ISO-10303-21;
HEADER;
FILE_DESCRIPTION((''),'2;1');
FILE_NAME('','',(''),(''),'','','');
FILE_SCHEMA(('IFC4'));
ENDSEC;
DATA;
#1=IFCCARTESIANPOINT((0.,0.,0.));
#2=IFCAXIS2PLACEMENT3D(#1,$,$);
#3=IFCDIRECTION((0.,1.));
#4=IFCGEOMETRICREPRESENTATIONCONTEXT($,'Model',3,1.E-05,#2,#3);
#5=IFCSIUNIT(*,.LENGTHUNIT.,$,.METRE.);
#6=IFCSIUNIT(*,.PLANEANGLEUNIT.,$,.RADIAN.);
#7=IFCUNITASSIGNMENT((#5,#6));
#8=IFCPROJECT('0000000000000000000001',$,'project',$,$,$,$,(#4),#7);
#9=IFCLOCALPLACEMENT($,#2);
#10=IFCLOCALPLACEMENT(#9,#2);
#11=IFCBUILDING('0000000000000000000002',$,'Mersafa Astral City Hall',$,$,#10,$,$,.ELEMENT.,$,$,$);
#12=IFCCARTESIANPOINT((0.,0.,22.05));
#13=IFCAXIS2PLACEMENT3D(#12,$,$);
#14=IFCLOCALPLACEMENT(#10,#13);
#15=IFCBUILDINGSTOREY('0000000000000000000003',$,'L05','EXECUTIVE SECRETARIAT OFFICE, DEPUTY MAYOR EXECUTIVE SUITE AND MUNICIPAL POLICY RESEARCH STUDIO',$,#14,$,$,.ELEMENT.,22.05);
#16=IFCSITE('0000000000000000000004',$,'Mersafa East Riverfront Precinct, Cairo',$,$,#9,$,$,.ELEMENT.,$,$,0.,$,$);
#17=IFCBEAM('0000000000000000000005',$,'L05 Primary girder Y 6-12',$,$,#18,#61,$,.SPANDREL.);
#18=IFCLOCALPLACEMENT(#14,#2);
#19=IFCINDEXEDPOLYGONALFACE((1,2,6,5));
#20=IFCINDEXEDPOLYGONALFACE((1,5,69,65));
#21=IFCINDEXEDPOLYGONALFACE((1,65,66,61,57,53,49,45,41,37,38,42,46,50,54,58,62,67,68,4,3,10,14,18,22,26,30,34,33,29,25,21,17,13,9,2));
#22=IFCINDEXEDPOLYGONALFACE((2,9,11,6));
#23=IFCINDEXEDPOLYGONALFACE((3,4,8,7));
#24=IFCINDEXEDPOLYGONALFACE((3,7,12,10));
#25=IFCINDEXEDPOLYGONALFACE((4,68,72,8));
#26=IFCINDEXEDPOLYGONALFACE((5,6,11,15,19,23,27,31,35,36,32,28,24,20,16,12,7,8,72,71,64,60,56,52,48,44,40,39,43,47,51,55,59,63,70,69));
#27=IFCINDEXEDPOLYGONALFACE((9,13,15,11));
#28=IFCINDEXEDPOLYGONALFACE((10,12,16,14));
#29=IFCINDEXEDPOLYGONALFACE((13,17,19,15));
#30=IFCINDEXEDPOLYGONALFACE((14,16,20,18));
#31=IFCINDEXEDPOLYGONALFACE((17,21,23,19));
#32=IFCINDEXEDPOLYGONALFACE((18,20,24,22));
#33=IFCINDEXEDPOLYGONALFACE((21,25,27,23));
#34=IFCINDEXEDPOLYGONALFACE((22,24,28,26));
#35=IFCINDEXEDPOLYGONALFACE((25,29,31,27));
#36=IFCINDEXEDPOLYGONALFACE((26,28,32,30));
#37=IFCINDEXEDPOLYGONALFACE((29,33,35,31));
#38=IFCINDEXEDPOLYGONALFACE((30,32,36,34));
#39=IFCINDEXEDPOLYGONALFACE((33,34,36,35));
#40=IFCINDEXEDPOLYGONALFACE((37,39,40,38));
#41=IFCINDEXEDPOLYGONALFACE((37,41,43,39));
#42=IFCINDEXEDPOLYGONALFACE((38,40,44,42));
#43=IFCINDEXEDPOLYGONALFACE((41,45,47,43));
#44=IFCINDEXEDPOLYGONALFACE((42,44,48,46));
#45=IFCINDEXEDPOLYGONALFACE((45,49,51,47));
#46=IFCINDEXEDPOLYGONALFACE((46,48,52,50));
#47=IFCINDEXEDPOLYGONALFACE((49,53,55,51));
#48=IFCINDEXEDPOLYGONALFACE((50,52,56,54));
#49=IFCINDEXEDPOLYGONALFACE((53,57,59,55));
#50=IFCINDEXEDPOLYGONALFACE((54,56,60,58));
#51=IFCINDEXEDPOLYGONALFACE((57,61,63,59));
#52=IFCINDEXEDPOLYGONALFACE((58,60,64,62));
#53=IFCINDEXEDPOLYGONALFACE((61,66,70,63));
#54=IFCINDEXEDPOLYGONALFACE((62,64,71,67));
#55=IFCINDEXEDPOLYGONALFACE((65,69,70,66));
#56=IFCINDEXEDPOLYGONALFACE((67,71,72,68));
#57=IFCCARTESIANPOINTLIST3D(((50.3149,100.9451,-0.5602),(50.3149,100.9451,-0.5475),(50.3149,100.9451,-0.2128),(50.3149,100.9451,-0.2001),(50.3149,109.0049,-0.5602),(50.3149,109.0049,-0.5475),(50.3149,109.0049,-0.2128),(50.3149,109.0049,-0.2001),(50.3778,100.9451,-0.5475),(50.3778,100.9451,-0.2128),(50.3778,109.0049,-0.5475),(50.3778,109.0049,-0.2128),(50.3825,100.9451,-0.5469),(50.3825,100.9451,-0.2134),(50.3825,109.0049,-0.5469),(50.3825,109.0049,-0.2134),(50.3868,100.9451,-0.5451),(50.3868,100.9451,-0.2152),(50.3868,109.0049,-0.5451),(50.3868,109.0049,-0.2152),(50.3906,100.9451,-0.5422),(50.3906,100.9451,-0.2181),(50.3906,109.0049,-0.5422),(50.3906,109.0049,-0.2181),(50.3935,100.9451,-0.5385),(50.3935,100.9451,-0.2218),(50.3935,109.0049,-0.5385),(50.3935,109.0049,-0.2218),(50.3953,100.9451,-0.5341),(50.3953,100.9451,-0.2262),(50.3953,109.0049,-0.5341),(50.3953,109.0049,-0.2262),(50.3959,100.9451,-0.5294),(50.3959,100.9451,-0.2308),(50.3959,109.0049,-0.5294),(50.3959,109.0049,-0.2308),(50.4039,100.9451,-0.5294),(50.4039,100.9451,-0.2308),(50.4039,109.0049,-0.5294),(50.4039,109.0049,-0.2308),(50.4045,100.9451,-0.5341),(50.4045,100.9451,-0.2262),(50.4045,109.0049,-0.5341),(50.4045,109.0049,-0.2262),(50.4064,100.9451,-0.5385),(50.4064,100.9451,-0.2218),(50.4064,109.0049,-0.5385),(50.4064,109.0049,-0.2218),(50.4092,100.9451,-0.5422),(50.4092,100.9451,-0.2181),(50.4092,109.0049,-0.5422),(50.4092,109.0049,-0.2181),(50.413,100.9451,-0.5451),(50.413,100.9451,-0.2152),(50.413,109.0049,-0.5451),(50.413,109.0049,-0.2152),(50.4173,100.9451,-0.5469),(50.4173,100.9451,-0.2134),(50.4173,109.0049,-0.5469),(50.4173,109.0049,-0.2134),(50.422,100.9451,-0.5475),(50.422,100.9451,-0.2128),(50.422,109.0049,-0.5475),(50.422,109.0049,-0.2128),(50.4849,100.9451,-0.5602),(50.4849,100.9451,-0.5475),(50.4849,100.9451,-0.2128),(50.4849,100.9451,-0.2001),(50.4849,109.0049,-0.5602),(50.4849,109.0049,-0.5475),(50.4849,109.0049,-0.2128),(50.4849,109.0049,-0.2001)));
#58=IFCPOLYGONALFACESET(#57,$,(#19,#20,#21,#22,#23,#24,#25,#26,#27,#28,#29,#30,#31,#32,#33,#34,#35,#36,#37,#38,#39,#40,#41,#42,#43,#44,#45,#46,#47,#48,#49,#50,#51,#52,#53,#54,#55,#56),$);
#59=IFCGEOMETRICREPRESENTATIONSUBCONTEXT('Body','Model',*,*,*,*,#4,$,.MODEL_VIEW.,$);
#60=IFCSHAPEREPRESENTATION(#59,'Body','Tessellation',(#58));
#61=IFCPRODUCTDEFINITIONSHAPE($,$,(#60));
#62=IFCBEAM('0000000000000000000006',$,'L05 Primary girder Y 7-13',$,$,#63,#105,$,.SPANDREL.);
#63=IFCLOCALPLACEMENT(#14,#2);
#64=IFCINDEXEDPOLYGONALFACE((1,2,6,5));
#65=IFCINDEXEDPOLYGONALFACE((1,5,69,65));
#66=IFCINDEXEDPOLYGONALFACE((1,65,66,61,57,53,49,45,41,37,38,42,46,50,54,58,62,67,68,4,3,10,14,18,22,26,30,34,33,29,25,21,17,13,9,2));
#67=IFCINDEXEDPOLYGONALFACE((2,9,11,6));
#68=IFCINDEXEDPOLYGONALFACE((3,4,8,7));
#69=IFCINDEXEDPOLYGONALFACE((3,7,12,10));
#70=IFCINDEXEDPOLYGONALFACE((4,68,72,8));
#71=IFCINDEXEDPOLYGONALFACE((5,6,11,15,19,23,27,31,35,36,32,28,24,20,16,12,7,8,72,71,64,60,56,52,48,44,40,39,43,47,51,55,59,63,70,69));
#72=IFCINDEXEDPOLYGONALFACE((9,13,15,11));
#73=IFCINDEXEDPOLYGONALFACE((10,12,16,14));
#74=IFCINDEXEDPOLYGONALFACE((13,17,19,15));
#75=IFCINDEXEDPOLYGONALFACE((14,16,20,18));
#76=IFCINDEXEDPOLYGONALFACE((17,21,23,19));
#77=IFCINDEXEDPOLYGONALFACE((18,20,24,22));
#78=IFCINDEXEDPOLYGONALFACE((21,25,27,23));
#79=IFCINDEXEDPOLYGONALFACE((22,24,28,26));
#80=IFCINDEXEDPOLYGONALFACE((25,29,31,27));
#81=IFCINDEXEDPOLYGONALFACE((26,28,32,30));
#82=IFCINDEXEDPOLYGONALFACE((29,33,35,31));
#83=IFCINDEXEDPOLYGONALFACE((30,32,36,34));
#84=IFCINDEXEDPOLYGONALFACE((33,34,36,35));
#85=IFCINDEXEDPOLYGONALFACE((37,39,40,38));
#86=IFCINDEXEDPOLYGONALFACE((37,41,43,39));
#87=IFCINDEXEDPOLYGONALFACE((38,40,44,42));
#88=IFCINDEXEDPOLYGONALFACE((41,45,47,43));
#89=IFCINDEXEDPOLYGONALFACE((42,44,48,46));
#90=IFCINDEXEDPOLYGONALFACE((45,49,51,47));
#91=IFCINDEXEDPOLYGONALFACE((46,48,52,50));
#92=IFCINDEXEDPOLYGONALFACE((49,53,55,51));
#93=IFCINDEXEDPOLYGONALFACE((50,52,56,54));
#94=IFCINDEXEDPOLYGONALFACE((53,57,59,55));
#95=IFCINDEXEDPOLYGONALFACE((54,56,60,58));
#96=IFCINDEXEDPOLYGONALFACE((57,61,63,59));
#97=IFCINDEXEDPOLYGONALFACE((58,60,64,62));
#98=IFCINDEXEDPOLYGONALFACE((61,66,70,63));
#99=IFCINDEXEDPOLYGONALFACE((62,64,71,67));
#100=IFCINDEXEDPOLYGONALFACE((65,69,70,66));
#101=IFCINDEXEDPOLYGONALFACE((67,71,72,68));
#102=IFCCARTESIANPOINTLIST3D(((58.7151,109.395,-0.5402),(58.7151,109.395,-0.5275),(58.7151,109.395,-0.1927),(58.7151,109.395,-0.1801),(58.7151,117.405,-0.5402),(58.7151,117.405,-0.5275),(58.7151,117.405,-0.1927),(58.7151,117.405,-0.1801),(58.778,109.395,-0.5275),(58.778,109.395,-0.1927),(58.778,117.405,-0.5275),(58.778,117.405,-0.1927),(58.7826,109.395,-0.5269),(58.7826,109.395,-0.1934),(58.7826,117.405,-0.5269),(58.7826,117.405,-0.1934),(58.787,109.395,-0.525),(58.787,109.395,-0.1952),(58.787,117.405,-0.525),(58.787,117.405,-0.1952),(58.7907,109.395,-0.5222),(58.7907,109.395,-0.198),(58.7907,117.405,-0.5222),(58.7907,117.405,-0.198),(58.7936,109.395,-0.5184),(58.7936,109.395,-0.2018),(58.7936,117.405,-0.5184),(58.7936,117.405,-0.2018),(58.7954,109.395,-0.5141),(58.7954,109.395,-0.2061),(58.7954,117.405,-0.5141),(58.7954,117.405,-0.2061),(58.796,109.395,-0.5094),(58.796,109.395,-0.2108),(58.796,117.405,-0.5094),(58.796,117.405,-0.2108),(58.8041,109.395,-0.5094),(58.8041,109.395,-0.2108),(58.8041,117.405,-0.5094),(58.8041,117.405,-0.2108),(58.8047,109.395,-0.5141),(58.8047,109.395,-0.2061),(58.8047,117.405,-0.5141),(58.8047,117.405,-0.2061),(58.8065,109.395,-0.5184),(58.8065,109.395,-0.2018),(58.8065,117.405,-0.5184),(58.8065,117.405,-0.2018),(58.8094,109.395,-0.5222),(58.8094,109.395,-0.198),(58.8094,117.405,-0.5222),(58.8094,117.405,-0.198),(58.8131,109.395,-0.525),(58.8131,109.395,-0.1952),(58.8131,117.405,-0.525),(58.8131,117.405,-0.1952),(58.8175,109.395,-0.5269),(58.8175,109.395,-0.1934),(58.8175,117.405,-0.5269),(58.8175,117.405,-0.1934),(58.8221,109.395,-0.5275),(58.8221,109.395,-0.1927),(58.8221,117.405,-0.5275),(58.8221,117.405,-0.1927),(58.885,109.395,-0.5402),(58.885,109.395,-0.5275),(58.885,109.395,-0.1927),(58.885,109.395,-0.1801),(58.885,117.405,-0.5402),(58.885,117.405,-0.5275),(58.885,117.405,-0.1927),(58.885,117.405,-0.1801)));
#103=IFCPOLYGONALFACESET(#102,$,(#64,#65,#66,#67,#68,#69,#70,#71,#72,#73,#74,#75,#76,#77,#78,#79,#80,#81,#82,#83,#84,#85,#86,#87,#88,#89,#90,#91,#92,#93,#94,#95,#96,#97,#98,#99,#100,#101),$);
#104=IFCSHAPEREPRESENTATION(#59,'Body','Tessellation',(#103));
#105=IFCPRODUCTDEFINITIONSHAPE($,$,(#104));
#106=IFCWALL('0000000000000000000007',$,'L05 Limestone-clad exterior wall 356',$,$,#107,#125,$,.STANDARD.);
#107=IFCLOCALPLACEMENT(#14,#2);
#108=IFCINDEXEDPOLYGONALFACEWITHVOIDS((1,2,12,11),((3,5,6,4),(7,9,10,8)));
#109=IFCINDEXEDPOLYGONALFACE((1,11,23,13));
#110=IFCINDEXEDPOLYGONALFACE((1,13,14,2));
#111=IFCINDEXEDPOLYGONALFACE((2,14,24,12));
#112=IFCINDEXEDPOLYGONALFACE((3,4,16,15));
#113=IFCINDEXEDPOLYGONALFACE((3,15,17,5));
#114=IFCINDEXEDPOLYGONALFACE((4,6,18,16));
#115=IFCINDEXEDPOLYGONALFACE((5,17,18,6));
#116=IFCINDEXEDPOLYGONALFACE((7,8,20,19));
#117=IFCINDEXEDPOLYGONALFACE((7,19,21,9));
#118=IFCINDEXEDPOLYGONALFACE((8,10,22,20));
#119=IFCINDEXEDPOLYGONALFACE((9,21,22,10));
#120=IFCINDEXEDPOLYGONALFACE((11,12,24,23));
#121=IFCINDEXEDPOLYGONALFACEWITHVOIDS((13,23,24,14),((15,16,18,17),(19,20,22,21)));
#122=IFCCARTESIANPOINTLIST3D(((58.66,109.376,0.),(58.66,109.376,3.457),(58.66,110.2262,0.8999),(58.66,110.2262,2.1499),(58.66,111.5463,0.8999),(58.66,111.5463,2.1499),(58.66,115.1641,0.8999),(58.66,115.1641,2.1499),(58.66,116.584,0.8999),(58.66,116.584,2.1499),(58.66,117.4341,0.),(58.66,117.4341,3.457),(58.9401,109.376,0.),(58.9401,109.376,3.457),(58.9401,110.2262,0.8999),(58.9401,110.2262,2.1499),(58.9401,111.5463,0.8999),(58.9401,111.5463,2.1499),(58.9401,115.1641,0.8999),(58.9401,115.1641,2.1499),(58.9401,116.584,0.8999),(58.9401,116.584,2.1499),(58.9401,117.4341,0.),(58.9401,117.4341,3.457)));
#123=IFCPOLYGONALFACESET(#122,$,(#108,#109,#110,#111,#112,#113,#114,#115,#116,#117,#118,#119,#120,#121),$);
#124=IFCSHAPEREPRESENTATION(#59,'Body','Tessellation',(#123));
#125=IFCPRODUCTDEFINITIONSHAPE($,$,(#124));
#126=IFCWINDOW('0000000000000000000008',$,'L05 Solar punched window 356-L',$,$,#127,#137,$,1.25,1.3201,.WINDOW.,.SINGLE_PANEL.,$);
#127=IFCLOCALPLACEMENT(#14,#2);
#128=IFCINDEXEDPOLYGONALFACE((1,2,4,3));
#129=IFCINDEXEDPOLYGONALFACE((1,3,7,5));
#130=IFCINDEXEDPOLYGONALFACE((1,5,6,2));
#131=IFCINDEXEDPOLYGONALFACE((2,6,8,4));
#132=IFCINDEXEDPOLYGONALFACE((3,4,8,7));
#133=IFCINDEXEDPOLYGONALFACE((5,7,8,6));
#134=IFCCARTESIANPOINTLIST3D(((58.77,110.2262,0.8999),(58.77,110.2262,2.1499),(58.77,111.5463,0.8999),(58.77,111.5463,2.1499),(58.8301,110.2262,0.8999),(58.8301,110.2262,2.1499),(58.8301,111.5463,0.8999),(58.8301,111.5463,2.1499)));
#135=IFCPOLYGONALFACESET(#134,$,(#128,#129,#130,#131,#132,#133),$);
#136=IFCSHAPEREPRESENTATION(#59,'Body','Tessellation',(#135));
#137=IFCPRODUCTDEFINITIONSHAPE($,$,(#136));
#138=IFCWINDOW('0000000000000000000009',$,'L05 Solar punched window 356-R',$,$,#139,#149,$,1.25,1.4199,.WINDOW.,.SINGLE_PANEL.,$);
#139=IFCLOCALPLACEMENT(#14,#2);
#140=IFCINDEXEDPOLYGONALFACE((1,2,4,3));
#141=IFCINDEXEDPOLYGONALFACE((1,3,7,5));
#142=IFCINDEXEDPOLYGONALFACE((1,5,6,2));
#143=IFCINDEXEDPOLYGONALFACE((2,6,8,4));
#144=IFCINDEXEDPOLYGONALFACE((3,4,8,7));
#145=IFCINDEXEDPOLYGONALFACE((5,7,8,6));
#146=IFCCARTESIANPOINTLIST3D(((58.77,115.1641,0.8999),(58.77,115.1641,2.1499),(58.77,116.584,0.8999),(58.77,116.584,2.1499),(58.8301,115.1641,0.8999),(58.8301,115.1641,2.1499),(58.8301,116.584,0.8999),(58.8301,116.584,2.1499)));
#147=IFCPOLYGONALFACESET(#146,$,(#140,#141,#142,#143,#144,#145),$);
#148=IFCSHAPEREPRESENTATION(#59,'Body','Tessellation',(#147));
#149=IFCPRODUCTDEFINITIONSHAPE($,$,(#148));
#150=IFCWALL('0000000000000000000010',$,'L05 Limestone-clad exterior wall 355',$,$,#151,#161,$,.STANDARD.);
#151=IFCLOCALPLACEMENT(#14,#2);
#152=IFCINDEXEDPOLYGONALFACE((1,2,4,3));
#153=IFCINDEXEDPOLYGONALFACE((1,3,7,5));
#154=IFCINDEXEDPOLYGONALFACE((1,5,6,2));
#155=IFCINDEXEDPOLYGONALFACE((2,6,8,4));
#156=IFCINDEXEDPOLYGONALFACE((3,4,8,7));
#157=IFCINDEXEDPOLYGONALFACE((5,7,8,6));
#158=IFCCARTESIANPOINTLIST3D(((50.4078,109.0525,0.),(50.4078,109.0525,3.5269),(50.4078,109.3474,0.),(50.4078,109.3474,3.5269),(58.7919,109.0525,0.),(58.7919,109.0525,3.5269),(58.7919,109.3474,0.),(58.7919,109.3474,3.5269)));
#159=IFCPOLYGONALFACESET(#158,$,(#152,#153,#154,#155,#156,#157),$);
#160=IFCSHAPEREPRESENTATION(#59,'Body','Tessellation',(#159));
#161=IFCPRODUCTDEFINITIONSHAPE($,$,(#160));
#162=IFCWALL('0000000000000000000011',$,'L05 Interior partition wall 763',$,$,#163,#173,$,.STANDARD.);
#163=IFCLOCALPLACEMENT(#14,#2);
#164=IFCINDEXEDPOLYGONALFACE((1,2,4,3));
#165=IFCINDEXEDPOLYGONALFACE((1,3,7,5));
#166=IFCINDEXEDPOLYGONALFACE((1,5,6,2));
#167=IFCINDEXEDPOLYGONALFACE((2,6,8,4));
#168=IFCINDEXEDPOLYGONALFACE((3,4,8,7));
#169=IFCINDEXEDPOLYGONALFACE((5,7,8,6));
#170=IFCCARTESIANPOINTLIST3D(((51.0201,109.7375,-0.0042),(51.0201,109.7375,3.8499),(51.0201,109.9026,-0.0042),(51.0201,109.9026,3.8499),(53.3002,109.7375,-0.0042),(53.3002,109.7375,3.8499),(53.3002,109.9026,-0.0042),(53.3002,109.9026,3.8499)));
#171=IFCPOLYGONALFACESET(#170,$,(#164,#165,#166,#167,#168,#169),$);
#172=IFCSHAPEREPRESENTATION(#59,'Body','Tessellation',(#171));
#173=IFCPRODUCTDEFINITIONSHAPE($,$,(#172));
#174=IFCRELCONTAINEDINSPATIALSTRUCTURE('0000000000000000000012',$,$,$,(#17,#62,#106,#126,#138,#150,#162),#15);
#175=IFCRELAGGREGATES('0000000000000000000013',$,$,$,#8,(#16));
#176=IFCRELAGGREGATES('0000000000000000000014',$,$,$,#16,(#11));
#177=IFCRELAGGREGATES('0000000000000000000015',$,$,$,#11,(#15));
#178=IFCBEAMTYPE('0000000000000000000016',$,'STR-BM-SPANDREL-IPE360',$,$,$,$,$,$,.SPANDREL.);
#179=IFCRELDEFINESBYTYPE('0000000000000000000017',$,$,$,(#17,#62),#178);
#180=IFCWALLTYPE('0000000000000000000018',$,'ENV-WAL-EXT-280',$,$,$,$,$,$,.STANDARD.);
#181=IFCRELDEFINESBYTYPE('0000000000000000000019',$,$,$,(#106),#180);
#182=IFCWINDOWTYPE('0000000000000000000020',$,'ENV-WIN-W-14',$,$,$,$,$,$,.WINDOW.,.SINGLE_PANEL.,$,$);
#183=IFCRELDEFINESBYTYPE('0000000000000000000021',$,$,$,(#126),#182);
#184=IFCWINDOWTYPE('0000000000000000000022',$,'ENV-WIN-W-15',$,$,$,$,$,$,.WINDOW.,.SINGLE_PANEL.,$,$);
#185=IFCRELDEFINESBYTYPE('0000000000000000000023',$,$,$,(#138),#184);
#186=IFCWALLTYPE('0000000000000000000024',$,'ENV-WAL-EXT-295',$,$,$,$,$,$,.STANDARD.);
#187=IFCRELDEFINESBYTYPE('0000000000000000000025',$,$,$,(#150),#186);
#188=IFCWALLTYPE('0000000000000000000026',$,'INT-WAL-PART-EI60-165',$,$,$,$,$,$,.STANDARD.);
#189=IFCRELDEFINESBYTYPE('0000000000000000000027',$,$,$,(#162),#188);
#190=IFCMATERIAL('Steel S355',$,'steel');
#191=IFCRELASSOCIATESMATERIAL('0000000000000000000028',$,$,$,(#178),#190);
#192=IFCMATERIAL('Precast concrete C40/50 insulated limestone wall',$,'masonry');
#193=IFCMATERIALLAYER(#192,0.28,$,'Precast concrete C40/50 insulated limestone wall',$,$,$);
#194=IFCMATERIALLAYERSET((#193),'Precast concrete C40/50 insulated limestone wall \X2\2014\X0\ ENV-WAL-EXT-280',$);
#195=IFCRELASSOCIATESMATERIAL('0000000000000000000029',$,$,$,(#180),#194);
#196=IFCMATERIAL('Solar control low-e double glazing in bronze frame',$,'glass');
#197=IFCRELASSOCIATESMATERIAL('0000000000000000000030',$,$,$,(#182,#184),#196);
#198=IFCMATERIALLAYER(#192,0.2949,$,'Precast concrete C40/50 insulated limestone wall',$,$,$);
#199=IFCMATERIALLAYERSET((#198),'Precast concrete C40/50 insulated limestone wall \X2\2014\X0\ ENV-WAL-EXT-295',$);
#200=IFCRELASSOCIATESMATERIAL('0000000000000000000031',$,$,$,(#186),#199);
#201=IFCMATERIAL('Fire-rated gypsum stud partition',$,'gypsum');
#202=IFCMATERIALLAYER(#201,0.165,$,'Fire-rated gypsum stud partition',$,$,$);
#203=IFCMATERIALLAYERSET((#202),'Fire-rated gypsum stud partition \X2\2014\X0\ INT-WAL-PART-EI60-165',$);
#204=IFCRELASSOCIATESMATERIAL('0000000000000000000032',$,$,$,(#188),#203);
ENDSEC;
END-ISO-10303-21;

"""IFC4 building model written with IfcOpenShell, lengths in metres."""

from ifc_helpers import new_model, si_unit, direction, frame, frame_2d, origin, origin_2d, place, context, subcontext, project, spatial, rectangle, i_section, extrude, material, layer, layer_set, material_profile, profile_set, type_object, element, fill, save


model = new_model("IFC4")

# Units and contexts
model_context = context("Model", 3, precision=1e-05, world=origin(), true_north=direction((0.0, 1.0)))
body_context = subcontext(model_context, "Body", "Model", "MODEL_VIEW")
ifc_project = project(units=[si_unit("LENGTHUNIT", "METRE"), si_unit("PLANEANGLEUNIT", "RADIAN")], contexts=[model_context])

# Site, building, storey
site_placement = place(None, origin())
site = spatial("IfcSite", under=ifc_project, at=site_placement, Name="Mersafa East Riverfront Precinct, Cairo", CompositionType="ELEMENT", RefElevation=0.0)
building_placement = place(site_placement, origin())
building = spatial("IfcBuilding", under=site, at=building_placement, Name="Mersafa Astral City Hall", CompositionType="ELEMENT")
storey_placement = place(building_placement, frame((0.0, 0.0, 22.05)))
storey = spatial("IfcBuildingStorey", under=building, at=storey_placement, Name="L05", Description="EXECUTIVE SECRETARIAT OFFICE, DEPUTY MAYOR EXECUTIVE SUITE AND MUNICIPAL POLICY RESEARCH STUDIO", CompositionType="ELEMENT", Elevation=22.05)

# Shared definitions
ifc_material_1 = material(Name="Steel S355", Category="steel")

# Beams
ifc_material_profile_1 = material_profile(ifc_material_1, i_section(OverallWidth=0.1699, OverallDepth=0.3601, WebThickness=0.0081, FlangeThickness=0.0127, FilletRadius=0.0181, at=origin_2d()), Name="IPE 360")
ifc_profile_set_1 = profile_set([ifc_material_profile_1], Name="Steel S355")
beam_type_1 = type_object("IfcBeamType", Name="STR-BM-SPANDREL-IPE360", PredefinedType="SPANDREL", material=ifc_profile_set_1)
beam_1_placement = place(storey_placement, frame((50.3999, 100.9451, -0.3801), z_axis=(0.0, 1.0, 0.0), x_axis=(-1.0, 0.0, 0.0)))
element("IfcBeam", 1, at=beam_1_placement, inside=storey, type_object=beam_type_1, Name="L05 Primary girder Y 6-12", PredefinedType="SPANDREL", context=body_context, shape_type="SweptSolid", body=[
    extrude(i_section(OverallWidth=0.1699, OverallDepth=0.3601, WebThickness=0.0081, FlangeThickness=0.0127, FilletRadius=0.0181, at=origin_2d()), origin(), (0.0, 0.0, 1.0), 8.0598),
])
beam_2_placement = place(storey_placement, frame((58.8, 109.395, -0.3601), z_axis=(0.0, 1.0, 0.0), x_axis=(-1.0, 0.0, 0.0)))
element("IfcBeam", 2, at=beam_2_placement, inside=storey, type_object=beam_type_1, Name="L05 Primary girder Y 7-13", PredefinedType="SPANDREL", context=body_context, shape_type="SweptSolid", body=[
    extrude(i_section(OverallWidth=0.1699, OverallDepth=0.3601, WebThickness=0.0081, FlangeThickness=0.0127, FilletRadius=0.0181, at=origin_2d()), origin(), (0.0, 0.0, 1.0), 8.01),
])

# Wall, openings, windows
ifc_material_2 = material(Name="Precast concrete C40/50 insulated limestone wall", Category="masonry")
ifc_layer_1 = layer(ifc_material_2, 0.28, Name="Precast concrete C40/50 insulated limestone wall")
ifc_layer_set_1 = layer_set([ifc_layer_1], Name="Precast concrete C40/50 insulated limestone wall — ENV-WAL-EXT-280")
wall_type_1 = type_object("IfcWallType", Name="ENV-WAL-EXT-280", PredefinedType="STANDARD", material=ifc_layer_set_1)
wall_1_placement = place(storey_placement, frame((58.8, 109.376, 0.0), z_axis=(0.0, 0.0, 1.0), x_axis=(0.0, 1.0, 0.0)))
wall_1 = element("IfcWall", 3, at=wall_1_placement, inside=storey, type_object=wall_type_1, Name="L05 Limestone-clad exterior wall 356", PredefinedType="STANDARD", context=body_context, shape_type="SweptSolid", body=[
    extrude(rectangle(XDim=8.0581, YDim=0.28, at=frame_2d((4.0291, 0.0))), origin(), (0.0, 0.0, 1.0), 3.457),
])
opening_1_placement = place(wall_1_placement, frame((0.8501, 0.0, 0.8999)))
opening_1 = element("IfcOpeningElement", 4, at=opening_1_placement, cuts=wall_1, PredefinedType="OPENING", context=body_context, shape_type="SweptSolid", body=[
    extrude(rectangle(XDim=1.3201, YDim=1.25, at=frame_2d((0.6602, 0.625))), frame((0.0, 0.1499, 0.0), z_axis=(0.0, -1.0, 0.0), x_axis=(1.0, 0.0, 0.0)), (0.0, 0.0, 1.0), 0.3),
])
opening_2_placement = place(wall_1_placement, frame((5.7881, 0.0, 0.8999)))
opening_2 = element("IfcOpeningElement", 5, at=opening_2_placement, cuts=wall_1, PredefinedType="OPENING", context=body_context, shape_type="SweptSolid", body=[
    extrude(rectangle(XDim=1.4199, YDim=1.25, at=frame_2d((0.71, 0.625))), frame((0.0, 0.1499, 0.0), z_axis=(0.0, -1.0, 0.0), x_axis=(1.0, 0.0, 0.0)), (0.0, 0.0, 1.0), 0.3),
])
ifc_material_3 = material(Name="Solar control low-e double glazing in bronze frame", Category="glass")
window_type_1 = type_object("IfcWindowType", Name="ENV-WIN-W-14", PartitioningType="SINGLE_PANEL", PredefinedType="WINDOW", material=ifc_material_3)
window_1_placement = place(opening_1_placement, origin())
window_1 = element("IfcWindow", 6, at=window_1_placement, inside=storey, type_object=window_type_1, Name="L05 Solar punched window 356-L", OverallHeight=1.25, OverallWidth=1.3201, PartitioningType="SINGLE_PANEL", PredefinedType="WINDOW", context=body_context, shape_type="SweptSolid", body=[
    extrude(rectangle(XDim=1.3201, YDim=1.25, at=frame_2d((0.6602, 0.625))), frame((0.0, 0.03, 0.0), z_axis=(0.0, -1.0, 0.0), x_axis=(1.0, 0.0, 0.0)), (0.0, 0.0, 1.0), 0.0601),
])
fill(opening_1, window_1)
window_type_2 = type_object("IfcWindowType", Name="ENV-WIN-W-15", PartitioningType="SINGLE_PANEL", PredefinedType="WINDOW", material=ifc_material_3)
window_2_placement = place(opening_2_placement, origin())
window_2 = element("IfcWindow", 7, at=window_2_placement, inside=storey, type_object=window_type_2, Name="L05 Solar punched window 356-R", OverallHeight=1.25, OverallWidth=1.4199, PartitioningType="SINGLE_PANEL", PredefinedType="WINDOW", context=body_context, shape_type="SweptSolid", body=[
    extrude(rectangle(XDim=1.4199, YDim=1.25, at=frame_2d((0.71, 0.625))), frame((0.0, 0.03, 0.0), z_axis=(0.0, -1.0, 0.0), x_axis=(1.0, 0.0, 0.0)), (0.0, 0.0, 1.0), 0.0601),
])
fill(opening_2, window_2)

# Walls
ifc_layer_2 = layer(ifc_material_2, 0.2949, Name="Precast concrete C40/50 insulated limestone wall")
ifc_layer_set_2 = layer_set([ifc_layer_2], Name="Precast concrete C40/50 insulated limestone wall — ENV-WAL-EXT-295")
wall_type_2 = type_object("IfcWallType", Name="ENV-WAL-EXT-295", PredefinedType="STANDARD", material=ifc_layer_set_2)
wall_2_placement = place(storey_placement, frame((50.408, 109.2, 0.0), z_axis=(0.0, 0.0, 1.0), x_axis=(1.0, 0.0, 0.0)))
element("IfcWall", 8, at=wall_2_placement, inside=storey, type_object=wall_type_2, Name="L05 Limestone-clad exterior wall 355", PredefinedType="STANDARD", context=body_context, shape_type="SweptSolid", body=[
    extrude(rectangle(XDim=8.384, YDim=0.2949, at=frame_2d((4.1919, 0.0))), origin(), (0.0, 0.0, 1.0), 3.5269),
])
ifc_material_4 = material(Name="Fire-rated gypsum stud partition", Category="gypsum")
ifc_layer_3 = layer(ifc_material_4, 0.165, Name="Fire-rated gypsum stud partition")
ifc_layer_set_3 = layer_set([ifc_layer_3], Name="Fire-rated gypsum stud partition — INT-WAL-PART-EI60-165")
wall_type_3 = type_object("IfcWallType", Name="INT-WAL-PART-EI60-165", PredefinedType="STANDARD", material=ifc_layer_set_3)
wall_3_placement = place(storey_placement, frame((51.02, 109.8201, -0.0042), z_axis=(0.0, 0.0, 1.0), x_axis=(1.0, 0.0, 0.0)))
element("IfcWall", 9, at=wall_3_placement, inside=storey, type_object=wall_type_3, Name="L05 Interior partition wall 763", PredefinedType="STANDARD", context=body_context, shape_type="SweptSolid", body=[
    extrude(rectangle(XDim=2.28, YDim=0.165, at=frame_2d((1.1401, 0.0))), origin(), (0.0, 0.0, 1.0), 3.854),
])

save(model, "model.ifc")
